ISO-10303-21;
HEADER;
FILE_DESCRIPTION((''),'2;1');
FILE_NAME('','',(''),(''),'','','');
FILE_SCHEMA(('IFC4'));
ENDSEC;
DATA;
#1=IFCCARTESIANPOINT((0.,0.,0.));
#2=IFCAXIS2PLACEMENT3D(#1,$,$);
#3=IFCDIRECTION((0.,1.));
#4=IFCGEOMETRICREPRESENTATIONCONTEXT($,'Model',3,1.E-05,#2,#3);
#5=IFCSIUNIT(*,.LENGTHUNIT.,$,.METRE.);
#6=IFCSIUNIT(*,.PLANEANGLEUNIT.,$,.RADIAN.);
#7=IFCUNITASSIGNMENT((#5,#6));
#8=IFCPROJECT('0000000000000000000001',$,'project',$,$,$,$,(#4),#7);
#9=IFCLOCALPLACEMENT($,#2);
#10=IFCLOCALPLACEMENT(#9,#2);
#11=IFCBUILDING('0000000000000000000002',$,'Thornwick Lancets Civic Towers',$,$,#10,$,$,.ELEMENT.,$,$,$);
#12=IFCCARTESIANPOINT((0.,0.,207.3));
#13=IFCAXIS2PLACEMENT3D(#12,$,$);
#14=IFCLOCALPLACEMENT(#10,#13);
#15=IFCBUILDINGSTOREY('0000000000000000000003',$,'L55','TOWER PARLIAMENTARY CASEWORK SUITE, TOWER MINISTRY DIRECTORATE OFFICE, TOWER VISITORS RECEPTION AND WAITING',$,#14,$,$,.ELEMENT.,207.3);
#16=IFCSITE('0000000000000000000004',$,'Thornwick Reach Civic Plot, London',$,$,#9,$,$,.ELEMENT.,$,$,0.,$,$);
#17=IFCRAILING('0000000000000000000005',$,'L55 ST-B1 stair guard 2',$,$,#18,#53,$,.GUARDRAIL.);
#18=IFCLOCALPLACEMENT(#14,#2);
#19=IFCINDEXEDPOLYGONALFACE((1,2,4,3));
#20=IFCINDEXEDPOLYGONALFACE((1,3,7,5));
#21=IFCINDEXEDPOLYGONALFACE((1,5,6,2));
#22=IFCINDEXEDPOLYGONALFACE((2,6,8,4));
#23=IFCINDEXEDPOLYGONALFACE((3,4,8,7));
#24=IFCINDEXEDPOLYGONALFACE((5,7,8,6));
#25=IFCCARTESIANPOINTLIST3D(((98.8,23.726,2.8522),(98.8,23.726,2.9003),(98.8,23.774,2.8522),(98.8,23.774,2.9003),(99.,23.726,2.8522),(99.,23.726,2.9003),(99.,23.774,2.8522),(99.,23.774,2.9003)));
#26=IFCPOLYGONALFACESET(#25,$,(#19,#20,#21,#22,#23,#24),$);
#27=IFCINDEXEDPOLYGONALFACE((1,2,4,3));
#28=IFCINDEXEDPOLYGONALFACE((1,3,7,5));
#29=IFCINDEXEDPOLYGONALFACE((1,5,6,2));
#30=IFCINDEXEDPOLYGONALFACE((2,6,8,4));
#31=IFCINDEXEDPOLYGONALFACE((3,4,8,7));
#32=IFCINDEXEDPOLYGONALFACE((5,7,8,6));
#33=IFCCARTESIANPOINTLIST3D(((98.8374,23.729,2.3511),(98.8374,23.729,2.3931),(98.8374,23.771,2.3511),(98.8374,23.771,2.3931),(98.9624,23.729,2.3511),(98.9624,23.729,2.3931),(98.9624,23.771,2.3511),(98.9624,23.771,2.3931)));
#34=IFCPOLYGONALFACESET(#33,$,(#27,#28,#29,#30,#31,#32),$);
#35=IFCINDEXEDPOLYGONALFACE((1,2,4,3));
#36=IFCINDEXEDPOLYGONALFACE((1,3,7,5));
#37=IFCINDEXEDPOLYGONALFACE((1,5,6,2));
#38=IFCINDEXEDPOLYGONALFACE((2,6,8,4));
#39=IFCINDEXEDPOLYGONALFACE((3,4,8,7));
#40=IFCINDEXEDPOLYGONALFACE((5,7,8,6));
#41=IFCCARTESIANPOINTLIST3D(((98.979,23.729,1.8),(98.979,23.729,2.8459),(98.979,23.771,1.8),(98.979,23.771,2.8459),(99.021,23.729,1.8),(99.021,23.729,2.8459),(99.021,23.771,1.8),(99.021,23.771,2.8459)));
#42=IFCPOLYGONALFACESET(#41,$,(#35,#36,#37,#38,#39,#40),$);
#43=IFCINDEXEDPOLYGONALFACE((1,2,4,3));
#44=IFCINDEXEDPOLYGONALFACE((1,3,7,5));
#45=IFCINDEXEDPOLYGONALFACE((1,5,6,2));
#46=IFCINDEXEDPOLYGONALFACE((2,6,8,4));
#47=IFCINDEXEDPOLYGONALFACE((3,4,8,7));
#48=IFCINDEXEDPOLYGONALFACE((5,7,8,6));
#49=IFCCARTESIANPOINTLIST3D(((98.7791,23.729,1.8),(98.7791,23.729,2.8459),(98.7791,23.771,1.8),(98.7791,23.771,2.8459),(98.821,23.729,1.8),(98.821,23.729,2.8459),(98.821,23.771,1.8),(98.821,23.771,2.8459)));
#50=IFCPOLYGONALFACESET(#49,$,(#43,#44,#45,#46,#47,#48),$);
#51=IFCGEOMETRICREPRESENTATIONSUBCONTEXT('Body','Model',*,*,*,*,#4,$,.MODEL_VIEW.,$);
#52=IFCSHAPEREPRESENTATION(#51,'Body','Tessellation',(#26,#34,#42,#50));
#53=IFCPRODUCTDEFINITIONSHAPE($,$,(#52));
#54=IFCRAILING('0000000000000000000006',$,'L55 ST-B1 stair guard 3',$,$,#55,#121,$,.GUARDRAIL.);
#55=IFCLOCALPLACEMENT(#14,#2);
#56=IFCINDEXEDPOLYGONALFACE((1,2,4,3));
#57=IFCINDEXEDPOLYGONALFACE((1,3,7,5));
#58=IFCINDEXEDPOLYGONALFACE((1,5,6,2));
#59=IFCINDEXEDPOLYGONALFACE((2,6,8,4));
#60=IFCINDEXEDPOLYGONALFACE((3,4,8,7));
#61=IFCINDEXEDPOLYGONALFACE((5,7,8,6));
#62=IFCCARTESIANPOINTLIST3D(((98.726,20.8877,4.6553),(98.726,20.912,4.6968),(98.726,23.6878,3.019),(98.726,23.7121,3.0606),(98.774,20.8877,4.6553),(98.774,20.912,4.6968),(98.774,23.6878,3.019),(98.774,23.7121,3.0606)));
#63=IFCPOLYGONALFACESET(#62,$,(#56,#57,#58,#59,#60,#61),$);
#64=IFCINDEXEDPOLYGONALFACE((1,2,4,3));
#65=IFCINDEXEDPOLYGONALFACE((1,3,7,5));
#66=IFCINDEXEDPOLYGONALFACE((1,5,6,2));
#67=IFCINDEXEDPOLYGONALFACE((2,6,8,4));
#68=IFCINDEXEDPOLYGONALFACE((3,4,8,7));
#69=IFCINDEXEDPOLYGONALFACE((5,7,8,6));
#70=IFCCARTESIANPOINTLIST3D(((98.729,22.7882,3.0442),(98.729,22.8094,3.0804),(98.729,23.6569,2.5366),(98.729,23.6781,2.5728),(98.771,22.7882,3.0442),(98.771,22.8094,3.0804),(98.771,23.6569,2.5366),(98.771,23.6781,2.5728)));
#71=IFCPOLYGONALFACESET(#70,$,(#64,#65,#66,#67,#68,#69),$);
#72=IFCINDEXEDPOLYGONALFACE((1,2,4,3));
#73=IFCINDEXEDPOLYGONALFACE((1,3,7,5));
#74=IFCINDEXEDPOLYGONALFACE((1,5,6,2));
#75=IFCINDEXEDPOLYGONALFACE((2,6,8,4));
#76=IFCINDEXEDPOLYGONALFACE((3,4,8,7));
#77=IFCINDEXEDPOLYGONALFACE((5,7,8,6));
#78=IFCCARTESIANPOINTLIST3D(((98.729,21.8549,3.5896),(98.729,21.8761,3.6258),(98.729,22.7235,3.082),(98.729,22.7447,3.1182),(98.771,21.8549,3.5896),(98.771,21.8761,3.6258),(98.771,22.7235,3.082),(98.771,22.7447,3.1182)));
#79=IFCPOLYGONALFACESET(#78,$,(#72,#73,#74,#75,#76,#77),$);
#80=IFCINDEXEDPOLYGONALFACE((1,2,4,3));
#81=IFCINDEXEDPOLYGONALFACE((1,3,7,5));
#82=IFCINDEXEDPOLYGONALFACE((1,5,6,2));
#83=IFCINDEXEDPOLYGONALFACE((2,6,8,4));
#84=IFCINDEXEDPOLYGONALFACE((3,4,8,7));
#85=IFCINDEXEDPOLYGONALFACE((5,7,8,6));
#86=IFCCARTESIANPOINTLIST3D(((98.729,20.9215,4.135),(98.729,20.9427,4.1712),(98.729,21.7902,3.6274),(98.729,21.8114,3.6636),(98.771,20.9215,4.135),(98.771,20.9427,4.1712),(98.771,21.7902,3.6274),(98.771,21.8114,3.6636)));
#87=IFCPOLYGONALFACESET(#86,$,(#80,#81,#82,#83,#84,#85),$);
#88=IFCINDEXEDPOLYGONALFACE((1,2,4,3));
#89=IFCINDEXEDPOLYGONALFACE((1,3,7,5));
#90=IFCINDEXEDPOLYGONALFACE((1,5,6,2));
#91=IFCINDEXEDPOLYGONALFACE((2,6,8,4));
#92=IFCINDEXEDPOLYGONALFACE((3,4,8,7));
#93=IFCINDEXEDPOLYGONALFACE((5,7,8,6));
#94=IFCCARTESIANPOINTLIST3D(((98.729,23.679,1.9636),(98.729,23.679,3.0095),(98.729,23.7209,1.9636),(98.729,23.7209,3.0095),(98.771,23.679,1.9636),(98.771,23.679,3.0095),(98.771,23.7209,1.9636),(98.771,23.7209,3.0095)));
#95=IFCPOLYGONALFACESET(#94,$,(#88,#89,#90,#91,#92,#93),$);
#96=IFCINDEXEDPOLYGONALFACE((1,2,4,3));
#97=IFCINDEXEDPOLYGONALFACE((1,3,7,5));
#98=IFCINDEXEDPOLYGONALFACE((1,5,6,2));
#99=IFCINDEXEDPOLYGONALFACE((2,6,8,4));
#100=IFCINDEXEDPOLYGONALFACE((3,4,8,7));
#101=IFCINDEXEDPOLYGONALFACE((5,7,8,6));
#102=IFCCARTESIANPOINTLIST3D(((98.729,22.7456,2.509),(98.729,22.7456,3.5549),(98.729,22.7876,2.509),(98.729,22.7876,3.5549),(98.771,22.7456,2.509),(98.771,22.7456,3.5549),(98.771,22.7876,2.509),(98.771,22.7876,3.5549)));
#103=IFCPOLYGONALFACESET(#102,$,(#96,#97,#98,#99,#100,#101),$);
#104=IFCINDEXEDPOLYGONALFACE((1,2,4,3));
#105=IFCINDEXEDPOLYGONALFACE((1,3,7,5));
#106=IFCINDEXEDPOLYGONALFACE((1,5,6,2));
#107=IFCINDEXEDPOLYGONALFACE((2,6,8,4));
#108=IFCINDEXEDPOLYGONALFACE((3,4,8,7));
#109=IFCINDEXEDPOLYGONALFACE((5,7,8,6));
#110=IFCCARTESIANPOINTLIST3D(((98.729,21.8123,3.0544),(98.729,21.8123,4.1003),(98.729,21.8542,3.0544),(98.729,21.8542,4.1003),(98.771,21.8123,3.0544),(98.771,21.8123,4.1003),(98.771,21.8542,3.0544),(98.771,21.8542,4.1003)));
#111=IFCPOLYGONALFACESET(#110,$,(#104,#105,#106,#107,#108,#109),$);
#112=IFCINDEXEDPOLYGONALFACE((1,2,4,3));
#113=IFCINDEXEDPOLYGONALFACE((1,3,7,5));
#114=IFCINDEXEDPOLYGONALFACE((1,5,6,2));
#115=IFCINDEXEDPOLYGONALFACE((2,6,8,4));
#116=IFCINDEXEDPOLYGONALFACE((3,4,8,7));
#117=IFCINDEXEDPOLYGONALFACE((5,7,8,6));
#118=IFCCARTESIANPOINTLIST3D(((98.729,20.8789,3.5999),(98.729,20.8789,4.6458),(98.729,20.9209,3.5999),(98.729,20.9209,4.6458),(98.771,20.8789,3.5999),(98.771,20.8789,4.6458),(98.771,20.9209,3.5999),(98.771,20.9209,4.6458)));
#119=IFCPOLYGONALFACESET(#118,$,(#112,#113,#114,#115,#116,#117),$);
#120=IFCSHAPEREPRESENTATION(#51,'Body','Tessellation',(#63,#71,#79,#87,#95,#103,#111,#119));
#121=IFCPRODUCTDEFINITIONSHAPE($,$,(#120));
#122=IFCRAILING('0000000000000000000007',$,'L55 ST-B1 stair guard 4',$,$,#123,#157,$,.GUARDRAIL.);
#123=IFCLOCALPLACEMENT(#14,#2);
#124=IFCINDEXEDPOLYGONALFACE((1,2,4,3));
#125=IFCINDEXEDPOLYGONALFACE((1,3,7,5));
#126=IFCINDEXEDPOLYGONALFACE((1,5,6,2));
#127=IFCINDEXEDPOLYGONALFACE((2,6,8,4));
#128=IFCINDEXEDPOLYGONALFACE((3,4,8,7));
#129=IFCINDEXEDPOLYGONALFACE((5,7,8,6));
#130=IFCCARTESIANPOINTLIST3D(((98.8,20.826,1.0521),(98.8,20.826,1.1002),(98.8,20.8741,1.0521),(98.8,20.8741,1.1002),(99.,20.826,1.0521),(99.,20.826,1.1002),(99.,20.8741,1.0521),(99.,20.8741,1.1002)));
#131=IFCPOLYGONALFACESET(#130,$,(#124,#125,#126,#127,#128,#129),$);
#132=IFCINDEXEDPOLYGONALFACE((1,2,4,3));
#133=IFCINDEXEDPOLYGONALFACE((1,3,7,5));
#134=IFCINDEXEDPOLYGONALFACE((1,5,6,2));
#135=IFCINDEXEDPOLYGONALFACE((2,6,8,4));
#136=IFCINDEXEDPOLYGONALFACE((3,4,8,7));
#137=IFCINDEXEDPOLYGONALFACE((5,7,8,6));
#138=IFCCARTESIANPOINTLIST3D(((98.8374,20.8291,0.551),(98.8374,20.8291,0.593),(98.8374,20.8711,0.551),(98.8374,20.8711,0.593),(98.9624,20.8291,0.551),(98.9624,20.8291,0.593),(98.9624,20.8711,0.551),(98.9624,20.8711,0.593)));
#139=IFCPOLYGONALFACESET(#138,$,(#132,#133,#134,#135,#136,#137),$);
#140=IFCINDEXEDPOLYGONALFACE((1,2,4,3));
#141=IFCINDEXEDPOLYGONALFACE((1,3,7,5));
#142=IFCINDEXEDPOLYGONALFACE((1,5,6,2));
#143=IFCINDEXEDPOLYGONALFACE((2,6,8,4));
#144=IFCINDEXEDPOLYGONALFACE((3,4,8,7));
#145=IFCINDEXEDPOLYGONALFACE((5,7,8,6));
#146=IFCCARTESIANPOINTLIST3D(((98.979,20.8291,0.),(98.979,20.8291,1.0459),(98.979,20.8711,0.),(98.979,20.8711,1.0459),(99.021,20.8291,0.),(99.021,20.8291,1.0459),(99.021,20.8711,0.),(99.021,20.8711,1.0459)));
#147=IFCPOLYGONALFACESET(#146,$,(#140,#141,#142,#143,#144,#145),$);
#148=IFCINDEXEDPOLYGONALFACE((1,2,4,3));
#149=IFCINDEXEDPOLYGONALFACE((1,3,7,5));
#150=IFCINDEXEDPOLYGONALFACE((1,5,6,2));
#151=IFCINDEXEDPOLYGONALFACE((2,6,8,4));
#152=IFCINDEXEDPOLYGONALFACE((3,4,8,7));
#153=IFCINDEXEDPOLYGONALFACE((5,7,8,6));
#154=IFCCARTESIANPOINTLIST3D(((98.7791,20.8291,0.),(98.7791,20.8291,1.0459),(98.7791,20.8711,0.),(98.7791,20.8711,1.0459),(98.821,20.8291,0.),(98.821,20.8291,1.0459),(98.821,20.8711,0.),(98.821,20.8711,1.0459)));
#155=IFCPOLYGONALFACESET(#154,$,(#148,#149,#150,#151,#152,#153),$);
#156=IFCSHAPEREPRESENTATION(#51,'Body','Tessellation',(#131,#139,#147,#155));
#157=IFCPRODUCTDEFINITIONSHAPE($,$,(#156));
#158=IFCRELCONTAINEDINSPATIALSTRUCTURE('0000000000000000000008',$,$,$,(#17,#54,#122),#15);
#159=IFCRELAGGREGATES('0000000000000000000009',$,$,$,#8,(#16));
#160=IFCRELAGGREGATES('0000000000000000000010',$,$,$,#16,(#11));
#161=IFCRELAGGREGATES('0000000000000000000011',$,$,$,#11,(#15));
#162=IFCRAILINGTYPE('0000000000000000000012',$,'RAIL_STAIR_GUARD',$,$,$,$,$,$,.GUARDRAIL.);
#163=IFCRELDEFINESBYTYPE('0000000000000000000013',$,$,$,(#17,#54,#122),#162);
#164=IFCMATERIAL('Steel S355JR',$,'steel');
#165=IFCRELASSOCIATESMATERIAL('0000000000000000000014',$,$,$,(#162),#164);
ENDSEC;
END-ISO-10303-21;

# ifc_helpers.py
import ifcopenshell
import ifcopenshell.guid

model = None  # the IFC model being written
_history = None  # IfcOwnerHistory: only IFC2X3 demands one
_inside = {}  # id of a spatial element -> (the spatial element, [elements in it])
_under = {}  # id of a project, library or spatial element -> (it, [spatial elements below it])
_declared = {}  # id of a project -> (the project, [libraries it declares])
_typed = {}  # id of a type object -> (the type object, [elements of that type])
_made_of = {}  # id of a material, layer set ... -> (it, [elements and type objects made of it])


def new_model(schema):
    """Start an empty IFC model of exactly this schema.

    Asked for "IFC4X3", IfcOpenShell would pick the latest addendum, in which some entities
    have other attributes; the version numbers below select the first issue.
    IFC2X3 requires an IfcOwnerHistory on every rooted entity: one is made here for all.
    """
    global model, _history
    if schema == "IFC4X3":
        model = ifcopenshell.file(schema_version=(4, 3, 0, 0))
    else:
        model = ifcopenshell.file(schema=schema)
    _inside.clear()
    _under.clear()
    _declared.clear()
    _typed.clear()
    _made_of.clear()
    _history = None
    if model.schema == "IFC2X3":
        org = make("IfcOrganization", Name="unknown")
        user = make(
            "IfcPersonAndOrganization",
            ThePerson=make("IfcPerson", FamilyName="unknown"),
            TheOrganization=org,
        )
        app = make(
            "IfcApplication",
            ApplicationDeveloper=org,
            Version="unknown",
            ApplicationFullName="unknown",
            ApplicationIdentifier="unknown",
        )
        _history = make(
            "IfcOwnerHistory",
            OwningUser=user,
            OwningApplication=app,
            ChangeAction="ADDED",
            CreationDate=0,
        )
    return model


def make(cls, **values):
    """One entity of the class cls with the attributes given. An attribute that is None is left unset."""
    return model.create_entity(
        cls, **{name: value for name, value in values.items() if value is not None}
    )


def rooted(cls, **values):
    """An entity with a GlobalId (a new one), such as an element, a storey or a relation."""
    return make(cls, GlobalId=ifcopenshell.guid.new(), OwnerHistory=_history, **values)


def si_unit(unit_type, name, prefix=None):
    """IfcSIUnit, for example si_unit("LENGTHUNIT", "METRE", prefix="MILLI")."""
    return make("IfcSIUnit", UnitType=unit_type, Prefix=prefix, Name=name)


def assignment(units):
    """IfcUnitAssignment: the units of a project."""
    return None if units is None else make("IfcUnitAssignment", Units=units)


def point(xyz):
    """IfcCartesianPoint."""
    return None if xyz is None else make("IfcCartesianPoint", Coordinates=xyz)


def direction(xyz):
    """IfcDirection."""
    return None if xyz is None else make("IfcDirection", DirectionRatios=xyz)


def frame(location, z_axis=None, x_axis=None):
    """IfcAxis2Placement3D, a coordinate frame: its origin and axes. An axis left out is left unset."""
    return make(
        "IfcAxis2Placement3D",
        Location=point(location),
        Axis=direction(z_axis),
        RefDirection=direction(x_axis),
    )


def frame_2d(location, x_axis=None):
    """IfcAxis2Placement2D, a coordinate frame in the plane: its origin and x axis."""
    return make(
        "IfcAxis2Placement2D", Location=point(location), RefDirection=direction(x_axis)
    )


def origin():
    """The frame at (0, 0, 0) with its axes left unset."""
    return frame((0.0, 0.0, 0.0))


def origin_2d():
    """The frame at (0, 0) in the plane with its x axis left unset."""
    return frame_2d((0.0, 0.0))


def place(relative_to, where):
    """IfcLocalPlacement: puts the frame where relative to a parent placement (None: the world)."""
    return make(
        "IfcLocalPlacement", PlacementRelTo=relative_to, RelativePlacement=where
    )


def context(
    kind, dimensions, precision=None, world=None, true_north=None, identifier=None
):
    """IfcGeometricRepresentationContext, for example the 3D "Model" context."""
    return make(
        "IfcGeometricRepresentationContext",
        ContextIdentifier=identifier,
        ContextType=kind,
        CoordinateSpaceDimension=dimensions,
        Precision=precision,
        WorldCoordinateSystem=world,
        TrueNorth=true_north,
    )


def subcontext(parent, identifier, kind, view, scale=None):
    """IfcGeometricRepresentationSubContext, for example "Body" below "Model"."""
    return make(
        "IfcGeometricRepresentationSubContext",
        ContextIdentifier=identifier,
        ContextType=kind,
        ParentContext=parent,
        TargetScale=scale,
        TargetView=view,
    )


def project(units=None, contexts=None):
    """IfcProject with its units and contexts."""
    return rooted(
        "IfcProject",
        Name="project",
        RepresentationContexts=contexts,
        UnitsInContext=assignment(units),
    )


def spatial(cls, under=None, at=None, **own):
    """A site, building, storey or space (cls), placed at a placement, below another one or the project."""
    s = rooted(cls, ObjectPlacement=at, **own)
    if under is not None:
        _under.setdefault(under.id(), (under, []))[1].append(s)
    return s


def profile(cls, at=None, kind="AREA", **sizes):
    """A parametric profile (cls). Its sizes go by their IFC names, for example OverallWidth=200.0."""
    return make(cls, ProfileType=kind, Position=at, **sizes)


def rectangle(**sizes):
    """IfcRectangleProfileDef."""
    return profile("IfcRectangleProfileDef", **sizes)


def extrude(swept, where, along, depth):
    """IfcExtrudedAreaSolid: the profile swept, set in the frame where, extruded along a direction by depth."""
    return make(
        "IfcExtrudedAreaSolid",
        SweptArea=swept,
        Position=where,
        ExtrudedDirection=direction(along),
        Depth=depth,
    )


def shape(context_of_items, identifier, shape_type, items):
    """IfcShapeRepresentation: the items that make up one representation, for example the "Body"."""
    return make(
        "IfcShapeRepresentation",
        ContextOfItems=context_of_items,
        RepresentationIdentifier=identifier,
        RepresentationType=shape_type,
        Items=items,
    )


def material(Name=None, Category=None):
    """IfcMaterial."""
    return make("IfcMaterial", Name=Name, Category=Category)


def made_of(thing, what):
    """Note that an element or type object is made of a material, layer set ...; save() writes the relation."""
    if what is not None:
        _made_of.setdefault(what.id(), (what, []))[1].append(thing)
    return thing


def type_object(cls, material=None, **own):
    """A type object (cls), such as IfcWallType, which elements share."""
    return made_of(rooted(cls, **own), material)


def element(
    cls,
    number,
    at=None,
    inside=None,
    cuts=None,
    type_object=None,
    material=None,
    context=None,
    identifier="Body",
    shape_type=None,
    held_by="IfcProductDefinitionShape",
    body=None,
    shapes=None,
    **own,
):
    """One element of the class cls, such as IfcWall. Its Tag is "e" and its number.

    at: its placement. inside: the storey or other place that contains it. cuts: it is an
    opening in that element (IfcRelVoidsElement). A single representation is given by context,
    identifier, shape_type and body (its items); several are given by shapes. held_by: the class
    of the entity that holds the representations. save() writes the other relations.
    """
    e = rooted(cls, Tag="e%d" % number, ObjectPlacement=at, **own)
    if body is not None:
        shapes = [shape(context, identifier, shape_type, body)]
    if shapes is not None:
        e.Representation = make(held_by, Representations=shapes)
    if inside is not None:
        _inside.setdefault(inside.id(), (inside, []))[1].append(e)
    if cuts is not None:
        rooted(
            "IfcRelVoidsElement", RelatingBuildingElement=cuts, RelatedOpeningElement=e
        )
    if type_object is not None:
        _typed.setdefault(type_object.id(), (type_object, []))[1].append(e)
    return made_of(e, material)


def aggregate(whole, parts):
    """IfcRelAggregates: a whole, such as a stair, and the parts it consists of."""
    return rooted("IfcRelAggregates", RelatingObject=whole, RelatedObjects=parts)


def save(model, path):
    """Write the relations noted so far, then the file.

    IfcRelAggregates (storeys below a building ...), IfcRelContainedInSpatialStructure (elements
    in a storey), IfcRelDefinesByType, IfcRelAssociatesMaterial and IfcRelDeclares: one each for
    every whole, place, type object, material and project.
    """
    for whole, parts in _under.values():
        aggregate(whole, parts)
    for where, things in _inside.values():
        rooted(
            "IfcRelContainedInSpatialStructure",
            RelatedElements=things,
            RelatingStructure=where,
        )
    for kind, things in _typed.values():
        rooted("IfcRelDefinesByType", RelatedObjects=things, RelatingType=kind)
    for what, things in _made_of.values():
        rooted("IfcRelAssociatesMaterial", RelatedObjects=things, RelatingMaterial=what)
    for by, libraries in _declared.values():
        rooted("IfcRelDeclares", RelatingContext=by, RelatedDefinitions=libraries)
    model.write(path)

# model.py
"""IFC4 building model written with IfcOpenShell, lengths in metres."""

from ifc_helpers import new_model, si_unit, direction, frame, origin, origin_2d, place, context, subcontext, project, spatial, rectangle, extrude, material, type_object, element, save


model = new_model("IFC4")

# Units and contexts
model_context = context("Model", 3, precision=1e-05, world=origin(), true_north=direction((0.0, 1.0)))
body_context = subcontext(model_context, "Body", "Model", "MODEL_VIEW")
ifc_project = project(units=[si_unit("LENGTHUNIT", "METRE"), si_unit("PLANEANGLEUNIT", "RADIAN")], contexts=[model_context])

# Site, building, storey
site_placement = place(None, origin())
site = spatial("IfcSite", under=ifc_project, at=site_placement, Name="Thornwick Reach Civic Plot, London", CompositionType="ELEMENT", RefElevation=0.0)
building_placement = place(site_placement, origin())
building = spatial("IfcBuilding", under=site, at=building_placement, Name="Thornwick Lancets Civic Towers", CompositionType="ELEMENT")
storey_placement = place(building_placement, frame((0.0, 0.0, 207.3)))
storey = spatial("IfcBuildingStorey", under=building, at=storey_placement, Name="L55", Description="TOWER PARLIAMENTARY CASEWORK SUITE, TOWER MINISTRY DIRECTORATE OFFICE, TOWER VISITORS RECEPTION AND WAITING", CompositionType="ELEMENT", Elevation=207.3)

# Railings
ifc_material_1 = material(Name="Steel S355JR", Category="steel")
railing_type_1 = type_object("IfcRailingType", Name="RAIL_STAIR_GUARD", PredefinedType="GUARDRAIL", material=ifc_material_1)
railing_1_placement = place(storey_placement, frame((99.0, 23.75, 1.8)))
element("IfcRailing", 1, at=railing_1_placement, inside=storey, type_object=railing_type_1, Name="L55 ST-B1 stair guard 2", PredefinedType="GUARDRAIL", context=body_context, shape_type="SweptSolid", body=[
    extrude(rectangle(XDim=0.0481, YDim=0.0481, at=origin_2d()), frame((0.0, 0.0, 1.0762), z_axis=(-1.0, 0.0, 0.0), x_axis=(0.0, -1.0, 0.0)), (0.0, 0.0, 1.0), 0.2),
    extrude(rectangle(XDim=0.042, YDim=0.042, at=origin_2d()), frame((-0.0376, 0.0, 0.572), z_axis=(-1.0, 0.0, 0.0), x_axis=(0.0, -1.0, 0.0)), (0.0, 0.0, 1.0), 0.125),
    extrude(rectangle(XDim=0.042, YDim=0.042, at=origin_2d()), origin(), (0.0, 0.0, 1.0), 1.0459),
    extrude(rectangle(XDim=0.042, YDim=0.042, at=origin_2d()), frame((-0.2, 0.0, 0.0)), (0.0, 0.0, 1.0), 1.0459),
])
railing_2_placement = place(storey_placement, frame((98.75, 23.7, 1.9636)))
element("IfcRailing", 2, at=railing_2_placement, inside=storey, type_object=railing_type_1, Name="L55 ST-B1 stair guard 3", PredefinedType="GUARDRAIL", context=body_context, shape_type="SweptSolid", body=[
    extrude(rectangle(XDim=0.0481, YDim=0.0481, at=origin_2d()), frame((0.0, 0.0, 1.0762), z_axis=(0.0, -0.863394, 0.504531), x_axis=(1.0, 0.0, 0.0)), (0.0, 0.0, 1.0), 3.2432),
    extrude(rectangle(XDim=0.042, YDim=0.042, at=origin_2d()), frame((0.0, -0.0325, 0.5911), z_axis=(0.0, -0.863394, 0.504531), x_axis=(1.0, 0.0, 0.0)), (0.0, 0.0, 1.0), 1.0061),
    extrude(rectangle(XDim=0.042, YDim=0.042, at=origin_2d()), frame((0.0, -0.9658, 1.1365), z_axis=(0.0, -0.863394, 0.504531), x_axis=(1.0, 0.0, 0.0)), (0.0, 0.0, 1.0), 1.0061),
    extrude(rectangle(XDim=0.042, YDim=0.042, at=origin_2d()), frame((0.0, -1.8992, 1.6819), z_axis=(0.0, -0.863394, 0.504531), x_axis=(1.0, 0.0, 0.0)), (0.0, 0.0, 1.0), 1.0061),
    extrude(rectangle(XDim=0.042, YDim=0.042, at=origin_2d()), origin(), (0.0, 0.0, 1.0), 1.0459),
    extrude(rectangle(XDim=0.042, YDim=0.042, at=origin_2d()), frame((0.0, -0.9333, 0.5454)), (0.0, 0.0, 1.0), 1.0459),
    extrude(rectangle(XDim=0.042, YDim=0.042, at=origin_2d()), frame((0.0, -1.8667, 1.0908)), (0.0, 0.0, 1.0), 1.0459),
    extrude(rectangle(XDim=0.042, YDim=0.042, at=origin_2d()), frame((0.0, -2.8, 1.6362)), (0.0, 0.0, 1.0), 1.0459),
])
railing_3_placement = place(storey_placement, frame((99.0, 20.8501, 0.0)))
element("IfcRailing", 3, at=railing_3_placement, inside=storey, type_object=railing_type_1, Name="L55 ST-B1 stair guard 4", PredefinedType="GUARDRAIL", context=body_context, shape_type="SweptSolid", body=[
    extrude(rectangle(XDim=0.0481, YDim=0.0481, at=origin_2d()), frame((0.0, 0.0, 1.0762), z_axis=(-1.0, 0.0, 0.0), x_axis=(0.0, -1.0, 0.0)), (0.0, 0.0, 1.0), 0.2),
    extrude(rectangle(XDim=0.042, YDim=0.042, at=origin_2d()), frame((-0.0376, 0.0, 0.572), z_axis=(-1.0, 0.0, 0.0), x_axis=(0.0, -1.0, 0.0)), (0.0, 0.0, 1.0), 0.125),
    extrude(rectangle(XDim=0.042, YDim=0.042, at=origin_2d()), origin(), (0.0, 0.0, 1.0), 1.0459),
    extrude(rectangle(XDim=0.042, YDim=0.042, at=origin_2d()), frame((-0.2, 0.0, 0.0)), (0.0, 0.0, 1.0), 1.0459),
])

save(model, "model.ifc")
